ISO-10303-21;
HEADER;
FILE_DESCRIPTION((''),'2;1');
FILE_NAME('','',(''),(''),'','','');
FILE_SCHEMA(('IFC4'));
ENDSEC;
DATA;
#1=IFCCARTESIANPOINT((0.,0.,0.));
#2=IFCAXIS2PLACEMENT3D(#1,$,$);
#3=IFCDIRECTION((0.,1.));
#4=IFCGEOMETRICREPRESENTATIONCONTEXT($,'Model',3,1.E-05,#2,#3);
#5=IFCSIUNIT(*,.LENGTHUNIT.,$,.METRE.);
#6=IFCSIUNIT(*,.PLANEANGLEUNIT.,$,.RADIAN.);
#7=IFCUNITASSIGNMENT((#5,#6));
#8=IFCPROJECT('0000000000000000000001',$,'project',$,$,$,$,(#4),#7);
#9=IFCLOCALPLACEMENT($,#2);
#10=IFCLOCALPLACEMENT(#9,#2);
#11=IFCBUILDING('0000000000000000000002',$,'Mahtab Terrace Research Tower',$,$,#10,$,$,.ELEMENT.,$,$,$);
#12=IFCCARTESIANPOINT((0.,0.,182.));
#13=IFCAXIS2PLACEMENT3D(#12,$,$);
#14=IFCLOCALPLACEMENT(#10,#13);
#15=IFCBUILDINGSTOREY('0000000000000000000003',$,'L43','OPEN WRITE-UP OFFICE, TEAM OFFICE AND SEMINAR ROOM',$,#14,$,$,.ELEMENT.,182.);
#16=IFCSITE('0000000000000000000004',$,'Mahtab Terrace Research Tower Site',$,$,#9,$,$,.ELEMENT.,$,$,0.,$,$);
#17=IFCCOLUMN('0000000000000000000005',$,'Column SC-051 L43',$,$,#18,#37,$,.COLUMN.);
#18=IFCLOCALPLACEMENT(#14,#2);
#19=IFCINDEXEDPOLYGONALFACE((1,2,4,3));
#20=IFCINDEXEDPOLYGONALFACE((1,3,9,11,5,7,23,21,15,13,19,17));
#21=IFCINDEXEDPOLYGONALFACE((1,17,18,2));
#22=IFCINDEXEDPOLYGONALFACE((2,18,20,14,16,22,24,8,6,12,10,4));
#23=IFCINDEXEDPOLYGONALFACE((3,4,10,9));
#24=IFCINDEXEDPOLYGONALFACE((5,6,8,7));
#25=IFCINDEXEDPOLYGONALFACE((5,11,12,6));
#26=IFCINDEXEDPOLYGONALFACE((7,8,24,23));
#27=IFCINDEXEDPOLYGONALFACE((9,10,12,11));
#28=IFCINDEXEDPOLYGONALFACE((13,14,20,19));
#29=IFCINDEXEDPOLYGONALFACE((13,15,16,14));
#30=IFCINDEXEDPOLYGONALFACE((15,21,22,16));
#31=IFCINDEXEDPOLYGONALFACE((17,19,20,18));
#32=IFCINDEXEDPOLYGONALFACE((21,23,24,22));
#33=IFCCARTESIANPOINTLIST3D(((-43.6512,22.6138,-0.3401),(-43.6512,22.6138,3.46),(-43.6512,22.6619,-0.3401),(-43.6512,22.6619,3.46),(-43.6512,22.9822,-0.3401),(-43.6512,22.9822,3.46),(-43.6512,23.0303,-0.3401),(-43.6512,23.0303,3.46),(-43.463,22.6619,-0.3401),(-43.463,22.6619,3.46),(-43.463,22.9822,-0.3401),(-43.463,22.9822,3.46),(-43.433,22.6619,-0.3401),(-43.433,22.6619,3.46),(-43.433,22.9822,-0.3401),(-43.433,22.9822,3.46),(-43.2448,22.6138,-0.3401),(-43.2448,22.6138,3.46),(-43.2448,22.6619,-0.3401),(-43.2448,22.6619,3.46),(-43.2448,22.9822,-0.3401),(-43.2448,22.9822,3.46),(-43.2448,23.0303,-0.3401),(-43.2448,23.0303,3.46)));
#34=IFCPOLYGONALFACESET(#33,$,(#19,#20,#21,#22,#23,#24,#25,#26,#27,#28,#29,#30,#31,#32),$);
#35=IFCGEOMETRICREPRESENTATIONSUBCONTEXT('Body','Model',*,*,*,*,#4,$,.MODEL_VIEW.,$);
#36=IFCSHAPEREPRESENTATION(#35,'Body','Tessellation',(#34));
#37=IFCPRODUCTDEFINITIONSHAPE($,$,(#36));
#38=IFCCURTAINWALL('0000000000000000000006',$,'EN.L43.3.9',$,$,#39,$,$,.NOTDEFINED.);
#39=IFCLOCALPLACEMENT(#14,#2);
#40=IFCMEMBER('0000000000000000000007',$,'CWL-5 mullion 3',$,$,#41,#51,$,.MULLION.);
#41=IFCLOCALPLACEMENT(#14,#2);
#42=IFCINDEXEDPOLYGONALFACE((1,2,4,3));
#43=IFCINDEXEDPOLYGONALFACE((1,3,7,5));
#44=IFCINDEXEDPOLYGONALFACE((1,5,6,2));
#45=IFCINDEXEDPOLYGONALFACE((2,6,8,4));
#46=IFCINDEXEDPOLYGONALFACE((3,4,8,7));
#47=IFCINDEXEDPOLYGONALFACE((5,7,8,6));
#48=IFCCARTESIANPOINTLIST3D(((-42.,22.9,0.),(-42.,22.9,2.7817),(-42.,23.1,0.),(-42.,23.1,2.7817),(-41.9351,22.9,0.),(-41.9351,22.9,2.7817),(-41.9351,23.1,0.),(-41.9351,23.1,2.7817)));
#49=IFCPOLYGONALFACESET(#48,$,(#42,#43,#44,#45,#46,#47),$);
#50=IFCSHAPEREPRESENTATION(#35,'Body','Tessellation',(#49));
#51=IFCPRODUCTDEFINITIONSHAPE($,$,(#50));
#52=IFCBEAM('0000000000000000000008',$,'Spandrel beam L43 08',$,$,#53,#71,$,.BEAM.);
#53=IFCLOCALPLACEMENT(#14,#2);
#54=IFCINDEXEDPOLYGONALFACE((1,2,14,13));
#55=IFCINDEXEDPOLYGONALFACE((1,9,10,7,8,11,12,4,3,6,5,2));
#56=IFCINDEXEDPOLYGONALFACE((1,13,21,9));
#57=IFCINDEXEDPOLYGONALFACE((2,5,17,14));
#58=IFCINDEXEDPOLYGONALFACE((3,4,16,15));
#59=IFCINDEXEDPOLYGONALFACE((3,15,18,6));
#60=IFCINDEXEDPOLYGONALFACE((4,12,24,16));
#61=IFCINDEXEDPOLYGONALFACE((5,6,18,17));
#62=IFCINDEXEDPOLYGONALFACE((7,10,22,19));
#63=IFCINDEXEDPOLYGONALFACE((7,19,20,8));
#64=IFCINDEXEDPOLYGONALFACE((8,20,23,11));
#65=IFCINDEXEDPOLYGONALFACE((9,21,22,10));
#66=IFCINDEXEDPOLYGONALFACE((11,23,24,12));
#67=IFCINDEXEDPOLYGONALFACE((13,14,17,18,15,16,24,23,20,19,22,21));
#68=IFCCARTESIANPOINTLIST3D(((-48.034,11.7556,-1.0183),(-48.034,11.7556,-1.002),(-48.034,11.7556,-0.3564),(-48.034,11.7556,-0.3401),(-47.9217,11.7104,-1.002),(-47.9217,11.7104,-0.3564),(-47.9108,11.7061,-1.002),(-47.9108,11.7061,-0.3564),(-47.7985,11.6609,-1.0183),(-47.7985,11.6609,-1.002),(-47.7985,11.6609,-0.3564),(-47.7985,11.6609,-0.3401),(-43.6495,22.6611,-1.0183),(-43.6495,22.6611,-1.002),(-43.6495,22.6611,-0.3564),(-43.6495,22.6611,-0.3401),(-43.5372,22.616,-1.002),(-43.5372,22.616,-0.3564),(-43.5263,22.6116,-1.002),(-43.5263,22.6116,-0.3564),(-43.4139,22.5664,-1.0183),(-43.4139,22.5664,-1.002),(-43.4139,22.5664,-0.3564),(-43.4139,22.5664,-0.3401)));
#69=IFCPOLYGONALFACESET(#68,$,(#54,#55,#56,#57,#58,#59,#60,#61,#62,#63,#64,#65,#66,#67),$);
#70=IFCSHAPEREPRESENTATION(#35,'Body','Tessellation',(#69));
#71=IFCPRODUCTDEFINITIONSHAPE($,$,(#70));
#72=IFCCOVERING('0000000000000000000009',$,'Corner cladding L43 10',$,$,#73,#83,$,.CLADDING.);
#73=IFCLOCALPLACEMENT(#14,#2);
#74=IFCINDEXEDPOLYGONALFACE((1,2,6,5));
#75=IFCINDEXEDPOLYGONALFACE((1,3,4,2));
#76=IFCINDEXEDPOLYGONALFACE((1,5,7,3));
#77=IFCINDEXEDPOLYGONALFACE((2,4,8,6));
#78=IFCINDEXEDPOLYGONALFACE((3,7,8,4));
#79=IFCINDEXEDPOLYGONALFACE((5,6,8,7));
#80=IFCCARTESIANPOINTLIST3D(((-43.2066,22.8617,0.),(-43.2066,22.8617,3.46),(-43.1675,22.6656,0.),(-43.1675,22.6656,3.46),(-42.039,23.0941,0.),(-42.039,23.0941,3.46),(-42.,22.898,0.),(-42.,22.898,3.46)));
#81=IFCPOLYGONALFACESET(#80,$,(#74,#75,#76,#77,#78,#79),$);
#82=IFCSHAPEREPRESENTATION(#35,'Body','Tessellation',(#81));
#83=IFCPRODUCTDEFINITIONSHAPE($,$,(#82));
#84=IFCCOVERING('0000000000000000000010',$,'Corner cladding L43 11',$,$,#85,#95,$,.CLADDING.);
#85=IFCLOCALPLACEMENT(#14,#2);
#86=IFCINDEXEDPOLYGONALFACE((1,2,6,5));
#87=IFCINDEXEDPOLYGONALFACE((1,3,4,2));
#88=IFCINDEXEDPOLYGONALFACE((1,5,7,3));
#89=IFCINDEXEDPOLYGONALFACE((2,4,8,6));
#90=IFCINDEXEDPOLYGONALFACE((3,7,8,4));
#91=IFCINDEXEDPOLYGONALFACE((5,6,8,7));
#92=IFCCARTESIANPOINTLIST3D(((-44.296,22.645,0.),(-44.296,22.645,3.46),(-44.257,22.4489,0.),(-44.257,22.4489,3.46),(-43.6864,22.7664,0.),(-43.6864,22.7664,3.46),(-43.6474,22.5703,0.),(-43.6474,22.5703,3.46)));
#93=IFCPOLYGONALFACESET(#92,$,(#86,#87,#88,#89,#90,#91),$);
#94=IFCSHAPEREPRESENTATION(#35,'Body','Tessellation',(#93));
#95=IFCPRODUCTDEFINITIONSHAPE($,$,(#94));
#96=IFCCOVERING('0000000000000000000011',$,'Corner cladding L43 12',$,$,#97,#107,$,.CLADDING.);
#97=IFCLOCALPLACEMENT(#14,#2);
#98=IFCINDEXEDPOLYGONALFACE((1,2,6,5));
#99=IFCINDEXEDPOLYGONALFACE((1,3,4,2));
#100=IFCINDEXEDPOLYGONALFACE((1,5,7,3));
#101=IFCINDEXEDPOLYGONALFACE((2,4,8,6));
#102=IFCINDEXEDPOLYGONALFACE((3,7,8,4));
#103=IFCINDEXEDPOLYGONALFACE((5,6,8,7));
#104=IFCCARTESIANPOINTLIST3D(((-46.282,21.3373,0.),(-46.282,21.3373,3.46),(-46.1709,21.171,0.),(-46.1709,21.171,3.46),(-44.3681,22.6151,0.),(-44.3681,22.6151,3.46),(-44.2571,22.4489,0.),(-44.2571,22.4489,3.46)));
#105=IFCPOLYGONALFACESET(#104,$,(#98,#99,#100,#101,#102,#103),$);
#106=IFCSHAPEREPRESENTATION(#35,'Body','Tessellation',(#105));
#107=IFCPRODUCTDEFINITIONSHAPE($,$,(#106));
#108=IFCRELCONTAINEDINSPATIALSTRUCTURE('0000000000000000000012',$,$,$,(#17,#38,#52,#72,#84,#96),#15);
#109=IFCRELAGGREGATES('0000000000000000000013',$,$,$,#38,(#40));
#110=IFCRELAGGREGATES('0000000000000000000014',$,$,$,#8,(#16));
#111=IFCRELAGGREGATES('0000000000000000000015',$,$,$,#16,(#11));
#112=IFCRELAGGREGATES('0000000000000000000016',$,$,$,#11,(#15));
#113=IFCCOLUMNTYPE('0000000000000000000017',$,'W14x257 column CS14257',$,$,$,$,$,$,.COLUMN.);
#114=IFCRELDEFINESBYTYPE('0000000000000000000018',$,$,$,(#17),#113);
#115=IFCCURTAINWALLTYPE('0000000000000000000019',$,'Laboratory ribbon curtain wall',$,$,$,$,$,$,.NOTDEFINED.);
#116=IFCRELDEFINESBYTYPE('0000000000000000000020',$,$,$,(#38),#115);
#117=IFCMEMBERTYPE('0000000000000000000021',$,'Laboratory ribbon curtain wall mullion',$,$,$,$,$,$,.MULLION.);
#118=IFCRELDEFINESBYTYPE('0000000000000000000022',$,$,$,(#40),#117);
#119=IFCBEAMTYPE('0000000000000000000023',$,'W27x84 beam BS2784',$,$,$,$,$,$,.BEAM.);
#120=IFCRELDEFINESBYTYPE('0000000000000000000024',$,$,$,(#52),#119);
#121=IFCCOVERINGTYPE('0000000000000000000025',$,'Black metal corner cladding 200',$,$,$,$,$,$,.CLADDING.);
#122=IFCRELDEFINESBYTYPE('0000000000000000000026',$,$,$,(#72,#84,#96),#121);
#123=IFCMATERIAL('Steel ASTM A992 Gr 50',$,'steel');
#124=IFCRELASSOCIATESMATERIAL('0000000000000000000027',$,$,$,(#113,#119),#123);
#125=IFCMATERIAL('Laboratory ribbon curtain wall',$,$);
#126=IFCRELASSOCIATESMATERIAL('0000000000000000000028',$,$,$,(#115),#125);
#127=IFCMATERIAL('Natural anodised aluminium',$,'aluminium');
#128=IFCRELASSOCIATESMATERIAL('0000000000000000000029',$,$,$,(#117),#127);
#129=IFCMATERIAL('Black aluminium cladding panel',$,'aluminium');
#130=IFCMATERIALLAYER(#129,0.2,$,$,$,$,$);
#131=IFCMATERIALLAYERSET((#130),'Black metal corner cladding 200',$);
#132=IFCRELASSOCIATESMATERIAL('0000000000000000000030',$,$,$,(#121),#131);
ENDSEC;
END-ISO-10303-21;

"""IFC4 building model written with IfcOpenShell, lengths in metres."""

from ifc_helpers import new_model, si_unit, direction, frame, origin, origin_2d, place, context, subcontext, project, spatial, rectangle, i_section, extrude, material, layer, layer_set, material_profile, profile_set, type_object, element, aggregate, save


model = new_model("IFC4")

# Units and contexts
model_context = context("Model", 3, precision=1e-05, world=origin(), true_north=direction((0.0, 1.0)))
body_context = subcontext(model_context, "Body", "Model", "MODEL_VIEW")
ifc_project = project(units=[si_unit("LENGTHUNIT", "METRE"), si_unit("PLANEANGLEUNIT", "RADIAN")], contexts=[model_context])

# Site, building, storey
site_placement = place(None, origin())
site = spatial("IfcSite", under=ifc_project, at=site_placement, Name="Mahtab Terrace Research Tower Site", CompositionType="ELEMENT", RefElevation=0.0)
building_placement = place(site_placement, origin())
building = spatial("IfcBuilding", under=site, at=building_placement, Name="Mahtab Terrace Research Tower", CompositionType="ELEMENT")
storey_placement = place(building_placement, frame((0.0, 0.0, 182.0)))
storey = spatial("IfcBuildingStorey", under=building, at=storey_placement, Name="L43", Description="OPEN WRITE-UP OFFICE, TEAM OFFICE AND SEMINAR ROOM", CompositionType="ELEMENT", Elevation=182.0)

# Column
ifc_material_1 = material(Name="Steel ASTM A992 Gr 50", Category="steel")
ifc_material_profile_1 = material_profile(ifc_material_1, i_section(OverallWidth=0.4065, OverallDepth=0.4165, WebThickness=0.03, FlangeThickness=0.0481, at=origin_2d()), Name="W14X257")
ifc_profile_set_1 = profile_set([ifc_material_profile_1], Name="Steel ASTM A992 Gr 50")
column_type = type_object("IfcColumnType", Name="W14x257 column CS14257", PredefinedType="COLUMN", material=ifc_profile_set_1)
column_placement = place(storey_placement, frame((-43.448, 22.822, -0.3401), z_axis=(0.0, 0.0, 1.0), x_axis=(1.0, 0.0, 0.0)))
element("IfcColumn", 1, at=column_placement, inside=storey, type_object=column_type, Name="Column SC-051 L43", PredefinedType="COLUMN", context=body_context, shape_type="SweptSolid", body=[
    extrude(i_section(OverallWidth=0.4065, OverallDepth=0.4165, WebThickness=0.03, FlangeThickness=0.0481, at=origin_2d()), origin(), (0.0, 0.0, 1.0), 3.8),
])

# Curtain wall, member
ifc_material_2 = material(Name="Laboratory ribbon curtain wall")
curtain_wall_type = type_object("IfcCurtainWallType", Name="Laboratory ribbon curtain wall", PredefinedType="NOTDEFINED", material=ifc_material_2)
curtain_wall_placement = place(storey_placement, origin())
curtain_wall = element("IfcCurtainWall", 2, at=curtain_wall_placement, inside=storey, type_object=curtain_wall_type, Name="EN.L43.3.9", PredefinedType="NOTDEFINED")
ifc_material_3 = material(Name="Natural anodised aluminium", Category="aluminium")
ifc_material_profile_2 = material_profile(ifc_material_3, rectangle(XDim=0.2, YDim=0.0649, at=origin_2d()), Name="MULLION 65x200")
ifc_profile_set_2 = profile_set([ifc_material_profile_2], Name="Natural anodised aluminium")
member_type = type_object("IfcMemberType", Name="Laboratory ribbon curtain wall mullion", PredefinedType="MULLION", material=ifc_profile_set_2)
member_placement = place(storey_placement, frame((-41.9675, 23.0, 0.0), z_axis=(0.0, 0.0, 1.0), x_axis=(0.0, -1.0, 0.0)))
member = element("IfcMember", 3, at=member_placement, type_object=member_type, Name="CWL-5 mullion 3", PredefinedType="MULLION", context=body_context, shape_type="SweptSolid", body=[
    extrude(rectangle(XDim=0.2, YDim=0.0649, at=origin_2d()), origin(), (0.0, 0.0, 1.0), 2.7817),
])
aggregate(curtain_wall, [member])

# Beam
ifc_material_profile_3 = material_profile(ifc_material_1, i_section(OverallWidth=0.2539, OverallDepth=0.6782, WebThickness=0.0117, FlangeThickness=0.0164, at=origin_2d()), Name="W27X84")
ifc_profile_set_3 = profile_set([ifc_material_profile_3], Name="Steel ASTM A992 Gr 50")
beam_type = type_object("IfcBeamType", Name="W27x84 beam BS2784", PredefinedType="BEAM", material=ifc_profile_set_3)
beam_placement = place(storey_placement, frame((-43.5317, 22.6138, -0.6792), z_axis=(-0.373027, -0.927821, 0.0), x_axis=(0.927821, -0.373027, 0.0)))
element("IfcBeam", 4, at=beam_placement, inside=storey, type_object=beam_type, Name="Spandrel beam L43 08", PredefinedType="BEAM", context=body_context, shape_type="SweptSolid", body=[
    extrude(i_section(OverallWidth=0.2539, OverallDepth=0.6782, WebThickness=0.0117, FlangeThickness=0.0164, at=origin_2d()), origin(), (0.0, 0.0, 1.0), 11.7539),
])

# Coverings
ifc_material_4 = material(Name="Black aluminium cladding panel", Category="aluminium")
ifc_layer = layer(ifc_material_4, 0.2)
ifc_layer_set = layer_set([ifc_layer], Name="Black metal corner cladding 200")
covering_type = type_object("IfcCoveringType", Name="Black metal corner cladding 200", PredefinedType="CLADDING", material=ifc_layer_set)
covering_1_placement = place(storey_placement, frame((-42.6033, 22.8799, 0.0), z_axis=(0.0, 0.0, 1.0), x_axis=(-0.980761, -0.195212, 0.0)))
element("IfcCovering", 5, at=covering_1_placement, inside=storey, type_object=covering_type, Name="Corner cladding L43 10", PredefinedType="CLADDING", context=body_context, shape_type="SweptSolid", body=[
    extrude(rectangle(XDim=1.1904, YDim=0.2, at=origin_2d()), origin(), (0.0, 0.0, 1.0), 3.46),
])
covering_2_placement = place(storey_placement, frame((-43.9717, 22.6077, 0.0), z_axis=(0.0, 0.0, 1.0), x_axis=(-0.980761, -0.195212, 0.0)))
element("IfcCovering", 6, at=covering_2_placement, inside=storey, type_object=covering_type, Name="Corner cladding L43 11", PredefinedType="CLADDING", context=body_context, shape_type="SweptSolid", body=[
    extrude(rectangle(XDim=0.6216, YDim=0.2, at=origin_2d()), origin(), (0.0, 0.0, 1.0), 3.46),
])
covering_3_placement = place(storey_placement, frame((-45.2695, 21.8931, 0.0), z_axis=(0.0, 0.0, 1.0), x_axis=(-0.831656, -0.555291, 0.0)))
element("IfcCovering", 7, at=covering_3_placement, inside=storey, type_object=covering_type, Name="Corner cladding L43 12", PredefinedType="CLADDING", context=body_context, shape_type="SweptSolid", body=[
    extrude(rectangle(XDim=2.3013, YDim=0.2, at=origin_2d()), origin(), (0.0, 0.0, 1.0), 3.46),
])

save(model, "model.ifc")
